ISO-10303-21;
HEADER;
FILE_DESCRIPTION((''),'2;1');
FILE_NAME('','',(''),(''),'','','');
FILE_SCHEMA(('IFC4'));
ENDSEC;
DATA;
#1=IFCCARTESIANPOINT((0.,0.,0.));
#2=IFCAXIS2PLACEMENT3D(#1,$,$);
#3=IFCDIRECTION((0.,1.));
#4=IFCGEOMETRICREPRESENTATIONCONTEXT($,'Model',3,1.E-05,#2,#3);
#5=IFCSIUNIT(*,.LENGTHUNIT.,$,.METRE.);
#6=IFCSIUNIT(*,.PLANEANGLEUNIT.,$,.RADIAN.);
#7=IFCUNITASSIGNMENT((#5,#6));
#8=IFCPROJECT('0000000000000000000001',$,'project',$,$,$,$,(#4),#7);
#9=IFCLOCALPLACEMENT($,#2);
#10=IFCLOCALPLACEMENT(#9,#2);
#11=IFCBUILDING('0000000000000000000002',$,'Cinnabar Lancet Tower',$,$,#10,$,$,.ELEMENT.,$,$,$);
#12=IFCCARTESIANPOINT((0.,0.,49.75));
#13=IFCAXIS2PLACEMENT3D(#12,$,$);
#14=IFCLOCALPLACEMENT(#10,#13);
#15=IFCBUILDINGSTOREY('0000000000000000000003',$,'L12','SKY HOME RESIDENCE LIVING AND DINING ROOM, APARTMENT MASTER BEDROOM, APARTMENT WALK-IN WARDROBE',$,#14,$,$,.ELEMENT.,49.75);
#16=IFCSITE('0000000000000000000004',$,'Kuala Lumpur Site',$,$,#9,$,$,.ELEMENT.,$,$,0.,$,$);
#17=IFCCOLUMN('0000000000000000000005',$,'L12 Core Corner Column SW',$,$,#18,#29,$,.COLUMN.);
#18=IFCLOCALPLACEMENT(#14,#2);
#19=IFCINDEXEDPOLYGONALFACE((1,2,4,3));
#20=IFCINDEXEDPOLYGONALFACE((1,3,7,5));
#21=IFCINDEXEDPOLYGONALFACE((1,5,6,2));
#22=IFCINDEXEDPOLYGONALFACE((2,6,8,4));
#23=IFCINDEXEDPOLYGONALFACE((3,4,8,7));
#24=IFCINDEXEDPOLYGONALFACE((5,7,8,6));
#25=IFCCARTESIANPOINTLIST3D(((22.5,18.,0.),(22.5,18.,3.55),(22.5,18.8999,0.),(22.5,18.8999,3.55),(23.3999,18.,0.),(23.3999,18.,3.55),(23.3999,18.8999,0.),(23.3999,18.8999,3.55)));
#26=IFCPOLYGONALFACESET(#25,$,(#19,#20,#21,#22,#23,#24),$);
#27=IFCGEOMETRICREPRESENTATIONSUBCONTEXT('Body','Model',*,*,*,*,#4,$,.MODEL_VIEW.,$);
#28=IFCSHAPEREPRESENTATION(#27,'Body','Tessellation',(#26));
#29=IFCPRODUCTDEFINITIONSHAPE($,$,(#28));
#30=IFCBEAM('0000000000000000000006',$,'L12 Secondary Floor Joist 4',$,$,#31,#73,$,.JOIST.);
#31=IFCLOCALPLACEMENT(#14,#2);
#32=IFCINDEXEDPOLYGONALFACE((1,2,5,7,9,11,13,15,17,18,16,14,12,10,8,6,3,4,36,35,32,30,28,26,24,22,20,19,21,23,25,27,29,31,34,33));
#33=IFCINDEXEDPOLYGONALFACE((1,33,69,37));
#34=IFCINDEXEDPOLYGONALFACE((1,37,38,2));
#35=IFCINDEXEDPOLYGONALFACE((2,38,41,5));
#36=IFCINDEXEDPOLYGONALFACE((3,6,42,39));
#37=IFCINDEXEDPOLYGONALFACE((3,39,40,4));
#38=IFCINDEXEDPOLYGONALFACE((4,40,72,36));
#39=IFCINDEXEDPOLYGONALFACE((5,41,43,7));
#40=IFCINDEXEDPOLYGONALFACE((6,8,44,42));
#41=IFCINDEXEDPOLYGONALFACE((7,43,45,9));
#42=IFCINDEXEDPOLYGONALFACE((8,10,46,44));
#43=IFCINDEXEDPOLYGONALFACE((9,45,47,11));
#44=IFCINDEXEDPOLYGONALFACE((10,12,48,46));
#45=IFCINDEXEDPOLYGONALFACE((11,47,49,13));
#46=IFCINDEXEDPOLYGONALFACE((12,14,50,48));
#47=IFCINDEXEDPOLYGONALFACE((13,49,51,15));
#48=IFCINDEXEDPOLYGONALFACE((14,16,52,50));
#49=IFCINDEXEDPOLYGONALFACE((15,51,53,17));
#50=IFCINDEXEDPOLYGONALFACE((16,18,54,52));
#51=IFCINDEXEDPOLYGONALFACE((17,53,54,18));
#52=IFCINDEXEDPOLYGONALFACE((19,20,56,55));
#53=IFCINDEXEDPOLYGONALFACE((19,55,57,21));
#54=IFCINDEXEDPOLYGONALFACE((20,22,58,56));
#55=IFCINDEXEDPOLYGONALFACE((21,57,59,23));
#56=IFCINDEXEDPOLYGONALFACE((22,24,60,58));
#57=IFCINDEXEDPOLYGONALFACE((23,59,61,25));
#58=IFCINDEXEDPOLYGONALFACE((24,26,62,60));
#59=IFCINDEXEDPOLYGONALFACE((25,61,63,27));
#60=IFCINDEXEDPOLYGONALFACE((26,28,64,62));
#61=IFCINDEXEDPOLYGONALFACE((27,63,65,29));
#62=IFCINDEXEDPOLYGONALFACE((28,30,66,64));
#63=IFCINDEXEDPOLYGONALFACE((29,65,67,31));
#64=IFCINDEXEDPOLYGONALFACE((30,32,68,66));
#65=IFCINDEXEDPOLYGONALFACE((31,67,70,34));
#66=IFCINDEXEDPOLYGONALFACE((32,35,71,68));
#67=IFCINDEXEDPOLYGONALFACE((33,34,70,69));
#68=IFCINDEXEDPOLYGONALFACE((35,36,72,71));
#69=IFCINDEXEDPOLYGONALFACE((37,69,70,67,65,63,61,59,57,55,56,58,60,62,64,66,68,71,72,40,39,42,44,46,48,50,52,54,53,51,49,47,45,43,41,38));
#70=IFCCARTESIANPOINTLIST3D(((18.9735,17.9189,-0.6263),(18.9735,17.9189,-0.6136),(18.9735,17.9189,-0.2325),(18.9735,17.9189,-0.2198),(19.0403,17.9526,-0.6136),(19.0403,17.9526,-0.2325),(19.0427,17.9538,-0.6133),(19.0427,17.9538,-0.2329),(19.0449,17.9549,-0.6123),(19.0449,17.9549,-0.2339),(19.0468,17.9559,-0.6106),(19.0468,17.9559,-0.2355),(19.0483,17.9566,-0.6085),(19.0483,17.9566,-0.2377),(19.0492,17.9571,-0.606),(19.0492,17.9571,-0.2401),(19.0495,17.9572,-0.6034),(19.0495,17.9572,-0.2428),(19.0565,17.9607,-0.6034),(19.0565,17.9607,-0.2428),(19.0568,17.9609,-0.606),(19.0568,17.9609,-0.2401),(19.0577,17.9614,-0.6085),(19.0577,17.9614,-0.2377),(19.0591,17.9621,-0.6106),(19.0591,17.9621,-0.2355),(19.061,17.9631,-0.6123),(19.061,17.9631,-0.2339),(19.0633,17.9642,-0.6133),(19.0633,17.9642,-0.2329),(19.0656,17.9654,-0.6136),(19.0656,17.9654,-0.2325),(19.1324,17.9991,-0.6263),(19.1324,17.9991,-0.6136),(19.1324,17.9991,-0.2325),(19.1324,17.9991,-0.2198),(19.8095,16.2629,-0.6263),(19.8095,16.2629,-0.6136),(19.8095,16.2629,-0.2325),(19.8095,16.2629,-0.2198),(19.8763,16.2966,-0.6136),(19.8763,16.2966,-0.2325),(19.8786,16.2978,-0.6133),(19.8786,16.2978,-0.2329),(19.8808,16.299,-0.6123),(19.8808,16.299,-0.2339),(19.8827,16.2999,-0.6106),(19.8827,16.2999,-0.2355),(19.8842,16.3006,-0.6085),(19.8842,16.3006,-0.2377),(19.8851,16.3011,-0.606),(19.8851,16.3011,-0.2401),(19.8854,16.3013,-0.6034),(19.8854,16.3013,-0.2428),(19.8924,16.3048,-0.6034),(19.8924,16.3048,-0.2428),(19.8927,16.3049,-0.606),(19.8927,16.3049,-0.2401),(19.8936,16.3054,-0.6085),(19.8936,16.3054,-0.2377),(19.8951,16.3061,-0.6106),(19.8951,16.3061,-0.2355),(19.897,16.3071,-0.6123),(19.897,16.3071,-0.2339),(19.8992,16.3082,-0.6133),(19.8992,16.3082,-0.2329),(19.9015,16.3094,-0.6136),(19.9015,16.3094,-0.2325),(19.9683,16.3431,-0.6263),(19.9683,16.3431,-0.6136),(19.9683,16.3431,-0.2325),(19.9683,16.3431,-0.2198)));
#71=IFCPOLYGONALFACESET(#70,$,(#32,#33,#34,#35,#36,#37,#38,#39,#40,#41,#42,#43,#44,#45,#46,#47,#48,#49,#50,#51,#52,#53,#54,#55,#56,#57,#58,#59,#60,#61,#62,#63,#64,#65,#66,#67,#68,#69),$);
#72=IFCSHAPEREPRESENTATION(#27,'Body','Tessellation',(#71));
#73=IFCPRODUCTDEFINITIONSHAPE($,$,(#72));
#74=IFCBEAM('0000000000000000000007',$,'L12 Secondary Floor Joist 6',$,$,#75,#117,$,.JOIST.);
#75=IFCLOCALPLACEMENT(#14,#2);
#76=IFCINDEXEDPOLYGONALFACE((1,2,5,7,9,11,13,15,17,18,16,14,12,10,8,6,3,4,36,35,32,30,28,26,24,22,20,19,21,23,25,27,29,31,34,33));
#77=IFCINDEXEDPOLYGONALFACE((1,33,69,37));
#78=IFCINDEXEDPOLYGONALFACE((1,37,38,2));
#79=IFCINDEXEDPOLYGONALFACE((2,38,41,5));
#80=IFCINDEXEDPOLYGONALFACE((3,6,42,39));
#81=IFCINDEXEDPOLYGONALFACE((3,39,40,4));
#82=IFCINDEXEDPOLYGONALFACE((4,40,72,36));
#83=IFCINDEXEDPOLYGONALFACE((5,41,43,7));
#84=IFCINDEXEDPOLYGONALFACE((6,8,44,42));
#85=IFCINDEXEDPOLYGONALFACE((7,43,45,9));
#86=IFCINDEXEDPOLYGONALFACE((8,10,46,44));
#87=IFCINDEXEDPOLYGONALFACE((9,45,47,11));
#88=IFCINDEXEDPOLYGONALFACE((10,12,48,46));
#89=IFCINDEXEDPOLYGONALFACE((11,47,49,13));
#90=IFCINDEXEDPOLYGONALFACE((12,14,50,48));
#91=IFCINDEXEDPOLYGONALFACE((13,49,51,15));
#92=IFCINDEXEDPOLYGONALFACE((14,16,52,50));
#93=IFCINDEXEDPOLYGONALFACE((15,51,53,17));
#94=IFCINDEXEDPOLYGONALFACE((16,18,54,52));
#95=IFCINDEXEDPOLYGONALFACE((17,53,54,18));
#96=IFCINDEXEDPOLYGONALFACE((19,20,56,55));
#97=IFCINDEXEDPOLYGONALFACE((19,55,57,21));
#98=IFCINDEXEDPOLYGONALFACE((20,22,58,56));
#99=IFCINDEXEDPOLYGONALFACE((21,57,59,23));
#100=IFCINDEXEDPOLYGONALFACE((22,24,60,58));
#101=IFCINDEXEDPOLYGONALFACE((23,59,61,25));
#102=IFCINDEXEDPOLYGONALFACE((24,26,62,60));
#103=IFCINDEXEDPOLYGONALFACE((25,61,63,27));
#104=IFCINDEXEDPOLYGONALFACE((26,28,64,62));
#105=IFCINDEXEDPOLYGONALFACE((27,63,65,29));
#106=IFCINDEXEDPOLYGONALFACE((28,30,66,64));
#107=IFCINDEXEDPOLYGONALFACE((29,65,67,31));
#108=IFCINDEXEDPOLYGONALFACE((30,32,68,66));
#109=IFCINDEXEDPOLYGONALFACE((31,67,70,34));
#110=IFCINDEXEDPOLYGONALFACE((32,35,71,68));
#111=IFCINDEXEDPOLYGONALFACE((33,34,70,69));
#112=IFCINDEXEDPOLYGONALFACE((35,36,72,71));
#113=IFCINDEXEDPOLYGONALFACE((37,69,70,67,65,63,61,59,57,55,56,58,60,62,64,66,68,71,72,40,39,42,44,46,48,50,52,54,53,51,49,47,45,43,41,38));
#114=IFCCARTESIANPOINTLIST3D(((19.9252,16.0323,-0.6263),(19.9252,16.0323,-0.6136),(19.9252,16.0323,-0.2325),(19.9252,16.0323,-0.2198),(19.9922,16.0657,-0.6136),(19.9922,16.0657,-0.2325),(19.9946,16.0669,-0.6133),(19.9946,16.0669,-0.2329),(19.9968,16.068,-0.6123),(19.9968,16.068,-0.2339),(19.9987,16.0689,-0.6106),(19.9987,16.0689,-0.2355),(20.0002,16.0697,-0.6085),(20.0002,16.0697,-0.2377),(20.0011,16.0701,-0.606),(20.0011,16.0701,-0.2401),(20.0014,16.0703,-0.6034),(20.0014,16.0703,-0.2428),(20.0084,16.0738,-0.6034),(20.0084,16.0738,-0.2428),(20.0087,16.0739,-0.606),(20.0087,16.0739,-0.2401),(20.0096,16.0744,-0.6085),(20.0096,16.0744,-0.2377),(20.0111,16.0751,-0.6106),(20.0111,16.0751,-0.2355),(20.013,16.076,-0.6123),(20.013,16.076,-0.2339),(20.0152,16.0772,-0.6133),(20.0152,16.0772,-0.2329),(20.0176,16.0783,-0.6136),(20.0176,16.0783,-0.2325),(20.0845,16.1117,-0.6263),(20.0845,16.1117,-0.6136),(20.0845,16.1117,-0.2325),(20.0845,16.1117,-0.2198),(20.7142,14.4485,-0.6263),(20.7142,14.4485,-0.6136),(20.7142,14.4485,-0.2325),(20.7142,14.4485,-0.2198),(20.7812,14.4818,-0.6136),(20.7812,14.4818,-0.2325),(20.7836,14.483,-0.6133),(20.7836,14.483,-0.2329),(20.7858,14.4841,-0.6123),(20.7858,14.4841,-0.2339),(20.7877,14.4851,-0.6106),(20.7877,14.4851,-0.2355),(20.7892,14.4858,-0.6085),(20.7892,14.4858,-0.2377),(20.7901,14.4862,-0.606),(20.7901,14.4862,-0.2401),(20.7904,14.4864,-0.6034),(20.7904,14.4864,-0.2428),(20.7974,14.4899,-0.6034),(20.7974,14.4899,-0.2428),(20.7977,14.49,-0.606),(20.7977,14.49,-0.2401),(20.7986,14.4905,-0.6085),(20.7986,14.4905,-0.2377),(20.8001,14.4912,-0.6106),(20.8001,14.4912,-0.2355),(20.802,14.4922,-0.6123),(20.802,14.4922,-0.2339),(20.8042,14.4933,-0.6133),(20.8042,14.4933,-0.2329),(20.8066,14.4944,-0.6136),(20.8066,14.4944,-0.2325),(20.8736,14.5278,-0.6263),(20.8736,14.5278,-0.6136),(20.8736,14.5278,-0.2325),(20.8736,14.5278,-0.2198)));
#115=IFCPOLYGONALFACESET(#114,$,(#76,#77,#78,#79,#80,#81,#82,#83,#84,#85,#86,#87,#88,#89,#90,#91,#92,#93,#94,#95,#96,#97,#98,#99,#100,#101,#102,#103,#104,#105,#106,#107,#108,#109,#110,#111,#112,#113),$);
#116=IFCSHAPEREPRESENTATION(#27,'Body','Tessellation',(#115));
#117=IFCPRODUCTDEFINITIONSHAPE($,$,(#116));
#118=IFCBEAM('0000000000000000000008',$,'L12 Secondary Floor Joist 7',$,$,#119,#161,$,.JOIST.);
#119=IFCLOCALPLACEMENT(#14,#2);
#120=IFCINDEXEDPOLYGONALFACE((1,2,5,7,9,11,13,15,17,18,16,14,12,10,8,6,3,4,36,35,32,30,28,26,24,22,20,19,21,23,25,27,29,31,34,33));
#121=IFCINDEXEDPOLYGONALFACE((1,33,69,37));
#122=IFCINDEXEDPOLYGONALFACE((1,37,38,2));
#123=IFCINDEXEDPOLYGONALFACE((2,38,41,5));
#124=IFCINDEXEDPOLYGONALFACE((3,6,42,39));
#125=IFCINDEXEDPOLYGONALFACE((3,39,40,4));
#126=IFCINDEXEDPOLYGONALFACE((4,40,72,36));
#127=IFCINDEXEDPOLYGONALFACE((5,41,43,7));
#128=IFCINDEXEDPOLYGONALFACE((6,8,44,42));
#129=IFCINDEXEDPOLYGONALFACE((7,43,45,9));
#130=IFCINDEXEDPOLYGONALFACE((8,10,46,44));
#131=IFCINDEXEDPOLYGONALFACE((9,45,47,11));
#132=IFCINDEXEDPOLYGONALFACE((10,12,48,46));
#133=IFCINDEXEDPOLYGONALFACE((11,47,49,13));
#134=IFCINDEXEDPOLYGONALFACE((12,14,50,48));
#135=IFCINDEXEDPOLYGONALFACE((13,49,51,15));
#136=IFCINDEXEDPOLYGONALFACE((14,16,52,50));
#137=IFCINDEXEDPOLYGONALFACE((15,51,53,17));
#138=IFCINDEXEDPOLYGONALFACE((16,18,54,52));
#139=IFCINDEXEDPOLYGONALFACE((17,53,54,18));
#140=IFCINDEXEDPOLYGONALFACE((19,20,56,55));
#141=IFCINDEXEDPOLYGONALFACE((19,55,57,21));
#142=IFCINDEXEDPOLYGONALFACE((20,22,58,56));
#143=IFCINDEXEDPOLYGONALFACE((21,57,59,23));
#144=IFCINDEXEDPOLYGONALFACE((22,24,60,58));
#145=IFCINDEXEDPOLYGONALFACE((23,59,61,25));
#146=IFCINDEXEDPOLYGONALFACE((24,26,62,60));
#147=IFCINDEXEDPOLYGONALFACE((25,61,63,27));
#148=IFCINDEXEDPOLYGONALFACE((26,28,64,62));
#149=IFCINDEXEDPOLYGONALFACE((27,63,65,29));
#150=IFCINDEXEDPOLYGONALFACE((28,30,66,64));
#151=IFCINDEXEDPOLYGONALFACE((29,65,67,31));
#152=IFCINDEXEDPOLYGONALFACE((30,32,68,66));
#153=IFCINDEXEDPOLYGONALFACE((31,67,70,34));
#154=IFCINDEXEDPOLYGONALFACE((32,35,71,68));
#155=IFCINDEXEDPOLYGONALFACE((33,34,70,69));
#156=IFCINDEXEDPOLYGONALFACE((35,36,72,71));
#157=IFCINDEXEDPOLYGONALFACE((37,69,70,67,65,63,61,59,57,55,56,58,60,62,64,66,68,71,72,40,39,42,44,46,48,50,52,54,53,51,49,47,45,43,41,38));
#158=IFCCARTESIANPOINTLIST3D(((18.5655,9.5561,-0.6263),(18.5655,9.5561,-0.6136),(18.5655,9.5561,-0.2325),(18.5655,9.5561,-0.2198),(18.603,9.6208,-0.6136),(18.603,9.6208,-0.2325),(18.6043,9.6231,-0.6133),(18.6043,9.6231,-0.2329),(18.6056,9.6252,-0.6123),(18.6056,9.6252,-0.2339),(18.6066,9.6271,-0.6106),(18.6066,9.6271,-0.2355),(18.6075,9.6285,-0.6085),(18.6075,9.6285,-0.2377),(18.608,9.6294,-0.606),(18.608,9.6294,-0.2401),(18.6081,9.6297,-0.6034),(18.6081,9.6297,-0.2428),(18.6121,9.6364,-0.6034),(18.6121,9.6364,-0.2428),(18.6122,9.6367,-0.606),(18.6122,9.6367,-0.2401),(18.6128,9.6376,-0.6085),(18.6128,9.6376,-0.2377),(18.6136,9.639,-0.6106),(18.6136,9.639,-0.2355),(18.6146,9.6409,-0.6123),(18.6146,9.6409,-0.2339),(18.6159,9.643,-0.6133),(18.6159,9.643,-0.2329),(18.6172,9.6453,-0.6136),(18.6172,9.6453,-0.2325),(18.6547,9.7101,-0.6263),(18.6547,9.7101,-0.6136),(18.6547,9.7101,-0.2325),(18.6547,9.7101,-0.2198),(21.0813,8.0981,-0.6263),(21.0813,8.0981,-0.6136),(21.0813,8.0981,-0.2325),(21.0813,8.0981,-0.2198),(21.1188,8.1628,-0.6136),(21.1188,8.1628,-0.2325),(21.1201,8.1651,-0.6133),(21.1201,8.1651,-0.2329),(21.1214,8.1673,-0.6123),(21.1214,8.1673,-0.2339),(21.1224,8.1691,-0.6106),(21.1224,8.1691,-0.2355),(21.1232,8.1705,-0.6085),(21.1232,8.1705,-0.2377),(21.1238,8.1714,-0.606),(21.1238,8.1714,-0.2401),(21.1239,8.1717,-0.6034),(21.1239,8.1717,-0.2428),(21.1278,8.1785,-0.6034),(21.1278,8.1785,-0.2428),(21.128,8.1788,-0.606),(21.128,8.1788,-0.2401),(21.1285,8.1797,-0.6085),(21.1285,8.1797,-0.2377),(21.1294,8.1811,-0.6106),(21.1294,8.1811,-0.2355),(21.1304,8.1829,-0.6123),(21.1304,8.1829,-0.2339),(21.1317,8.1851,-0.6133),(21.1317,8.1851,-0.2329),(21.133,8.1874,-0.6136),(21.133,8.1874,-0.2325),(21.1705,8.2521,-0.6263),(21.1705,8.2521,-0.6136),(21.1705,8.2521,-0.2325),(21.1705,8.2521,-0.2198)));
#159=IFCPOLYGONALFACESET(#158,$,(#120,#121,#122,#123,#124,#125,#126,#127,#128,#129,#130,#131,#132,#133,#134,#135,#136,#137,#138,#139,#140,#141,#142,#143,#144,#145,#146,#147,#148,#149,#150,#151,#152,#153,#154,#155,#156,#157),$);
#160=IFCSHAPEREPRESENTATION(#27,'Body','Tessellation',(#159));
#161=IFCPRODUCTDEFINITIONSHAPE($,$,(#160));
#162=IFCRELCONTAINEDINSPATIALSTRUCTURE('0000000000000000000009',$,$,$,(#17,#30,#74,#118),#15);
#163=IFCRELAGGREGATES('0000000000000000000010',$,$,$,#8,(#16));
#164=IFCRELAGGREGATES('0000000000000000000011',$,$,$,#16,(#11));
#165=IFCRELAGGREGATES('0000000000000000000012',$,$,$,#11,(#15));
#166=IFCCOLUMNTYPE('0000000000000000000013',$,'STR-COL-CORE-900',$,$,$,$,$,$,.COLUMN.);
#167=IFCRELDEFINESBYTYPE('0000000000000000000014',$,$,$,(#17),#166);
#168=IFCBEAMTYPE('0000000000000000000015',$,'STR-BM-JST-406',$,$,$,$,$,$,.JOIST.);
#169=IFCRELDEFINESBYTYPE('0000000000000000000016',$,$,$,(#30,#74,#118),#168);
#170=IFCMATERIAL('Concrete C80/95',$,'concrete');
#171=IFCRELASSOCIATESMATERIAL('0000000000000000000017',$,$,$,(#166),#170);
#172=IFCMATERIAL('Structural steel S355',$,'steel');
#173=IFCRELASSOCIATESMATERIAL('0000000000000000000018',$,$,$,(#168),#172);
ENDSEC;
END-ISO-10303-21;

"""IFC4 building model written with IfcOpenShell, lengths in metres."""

from ifc_helpers import new_model, si_unit, direction, frame, origin, origin_2d, place, context, subcontext, project, spatial, rectangle, i_section, extrude, material, material_profile, profile_set, type_object, element, save


model = new_model("IFC4")

# Units and contexts
model_context = context("Model", 3, precision=1e-05, world=origin(), true_north=direction((0.0, 1.0)))
body_context = subcontext(model_context, "Body", "Model", "MODEL_VIEW")
ifc_project = project(units=[si_unit("LENGTHUNIT", "METRE"), si_unit("PLANEANGLEUNIT", "RADIAN")], contexts=[model_context])

# Site, building, storey
site_placement = place(None, origin())
site = spatial("IfcSite", under=ifc_project, at=site_placement, Name="Kuala Lumpur Site", CompositionType="ELEMENT", RefElevation=0.0)
building_placement = place(site_placement, origin())
building = spatial("IfcBuilding", under=site, at=building_placement, Name="Cinnabar Lancet Tower", CompositionType="ELEMENT")
storey_placement = place(building_placement, frame((0.0, 0.0, 49.75)))
storey = spatial("IfcBuildingStorey", under=building, at=storey_placement, Name="L12", Description="SKY HOME RESIDENCE LIVING AND DINING ROOM, APARTMENT MASTER BEDROOM, APARTMENT WALK-IN WARDROBE", CompositionType="ELEMENT", Elevation=49.75)

# Column
ifc_material_1 = material(Name="Concrete C80/95", Category="concrete")
ifc_material_profile_1 = material_profile(ifc_material_1, rectangle(XDim=0.8999, YDim=0.8999, at=origin_2d()), Name="RC-COL 900x900")
ifc_profile_set_1 = profile_set([ifc_material_profile_1], Name="Concrete C80/95")
column_type = type_object("IfcColumnType", Name="STR-COL-CORE-900", PredefinedType="COLUMN", material=ifc_profile_set_1)
column_placement = place(storey_placement, frame((22.95, 18.45, 0.0), z_axis=(0.0, 0.0, 1.0), x_axis=(1.0, 0.0, 0.0)))
element("IfcColumn", 1, at=column_placement, inside=storey, type_object=column_type, Name="L12 Core Corner Column SW", PredefinedType="COLUMN", context=body_context, shape_type="SweptSolid", body=[
    extrude(rectangle(XDim=0.8999, YDim=0.8999, at=origin_2d()), origin(), (0.0, 0.0, 1.0), 3.55),
])

# Beams
ifc_material_2 = material(Name="Structural steel S355", Category="steel")
ifc_material_profile_2 = material_profile(ifc_material_2, i_section(OverallWidth=0.178, OverallDepth=0.4065, WebThickness=0.0078, FlangeThickness=0.0127, FilletRadius=0.0103, at=origin_2d()), Name="UKB 406x178x60")
ifc_profile_set_2 = profile_set([ifc_material_profile_2], Name="Structural steel S355")
beam_type_1 = type_object("IfcBeamType", Name="STR-BM-JST-406", PredefinedType="JOIST", material=ifc_profile_set_2)
beam_1_placement = place(storey_placement, frame((19.053, 17.959, -0.4231), z_axis=(0.450632, -0.89271, 0.0), x_axis=(0.89271, 0.450632, 0.0)))
element("IfcBeam", 2, at=beam_1_placement, inside=storey, type_object=beam_type_1, Name="L12 Secondary Floor Joist 4", PredefinedType="JOIST", context=body_context, shape_type="SweptSolid", body=[
    extrude(i_section(OverallWidth=0.178, OverallDepth=0.4065, WebThickness=0.0078, FlangeThickness=0.0127, FilletRadius=0.0103, at=origin_2d()), origin(), (0.0, 0.0, 1.0), 1.855),
])
beam_2_placement = place(storey_placement, frame((20.0049, 16.072, -0.4231), z_axis=(0.445889, -0.895088, 0.0), x_axis=(0.895088, 0.445889, 0.0)))
element("IfcBeam", 3, at=beam_2_placement, inside=storey, type_object=beam_type_1, Name="L12 Secondary Floor Joist 6", PredefinedType="JOIST", context=body_context, shape_type="SweptSolid", body=[
    extrude(i_section(OverallWidth=0.178, OverallDepth=0.4065, WebThickness=0.0078, FlangeThickness=0.0127, FilletRadius=0.0103, at=origin_2d()), origin(), (0.0, 0.0, 1.0), 1.7695),
])
beam_3_placement = place(storey_placement, frame((18.6101, 9.6331, -0.4231), z_axis=(0.86521, -0.50141, 0.0), x_axis=(0.50141, 0.86521, 0.0)))
element("IfcBeam", 4, at=beam_3_placement, inside=storey, type_object=beam_type_1, Name="L12 Secondary Floor Joist 7", PredefinedType="JOIST", context=body_context, shape_type="SweptSolid", body=[
    extrude(i_section(OverallWidth=0.178, OverallDepth=0.4065, WebThickness=0.0078, FlangeThickness=0.0127, FilletRadius=0.0103, at=origin_2d()), origin(), (0.0, 0.0, 1.0), 2.9077),
])

save(model, "model.ifc")
